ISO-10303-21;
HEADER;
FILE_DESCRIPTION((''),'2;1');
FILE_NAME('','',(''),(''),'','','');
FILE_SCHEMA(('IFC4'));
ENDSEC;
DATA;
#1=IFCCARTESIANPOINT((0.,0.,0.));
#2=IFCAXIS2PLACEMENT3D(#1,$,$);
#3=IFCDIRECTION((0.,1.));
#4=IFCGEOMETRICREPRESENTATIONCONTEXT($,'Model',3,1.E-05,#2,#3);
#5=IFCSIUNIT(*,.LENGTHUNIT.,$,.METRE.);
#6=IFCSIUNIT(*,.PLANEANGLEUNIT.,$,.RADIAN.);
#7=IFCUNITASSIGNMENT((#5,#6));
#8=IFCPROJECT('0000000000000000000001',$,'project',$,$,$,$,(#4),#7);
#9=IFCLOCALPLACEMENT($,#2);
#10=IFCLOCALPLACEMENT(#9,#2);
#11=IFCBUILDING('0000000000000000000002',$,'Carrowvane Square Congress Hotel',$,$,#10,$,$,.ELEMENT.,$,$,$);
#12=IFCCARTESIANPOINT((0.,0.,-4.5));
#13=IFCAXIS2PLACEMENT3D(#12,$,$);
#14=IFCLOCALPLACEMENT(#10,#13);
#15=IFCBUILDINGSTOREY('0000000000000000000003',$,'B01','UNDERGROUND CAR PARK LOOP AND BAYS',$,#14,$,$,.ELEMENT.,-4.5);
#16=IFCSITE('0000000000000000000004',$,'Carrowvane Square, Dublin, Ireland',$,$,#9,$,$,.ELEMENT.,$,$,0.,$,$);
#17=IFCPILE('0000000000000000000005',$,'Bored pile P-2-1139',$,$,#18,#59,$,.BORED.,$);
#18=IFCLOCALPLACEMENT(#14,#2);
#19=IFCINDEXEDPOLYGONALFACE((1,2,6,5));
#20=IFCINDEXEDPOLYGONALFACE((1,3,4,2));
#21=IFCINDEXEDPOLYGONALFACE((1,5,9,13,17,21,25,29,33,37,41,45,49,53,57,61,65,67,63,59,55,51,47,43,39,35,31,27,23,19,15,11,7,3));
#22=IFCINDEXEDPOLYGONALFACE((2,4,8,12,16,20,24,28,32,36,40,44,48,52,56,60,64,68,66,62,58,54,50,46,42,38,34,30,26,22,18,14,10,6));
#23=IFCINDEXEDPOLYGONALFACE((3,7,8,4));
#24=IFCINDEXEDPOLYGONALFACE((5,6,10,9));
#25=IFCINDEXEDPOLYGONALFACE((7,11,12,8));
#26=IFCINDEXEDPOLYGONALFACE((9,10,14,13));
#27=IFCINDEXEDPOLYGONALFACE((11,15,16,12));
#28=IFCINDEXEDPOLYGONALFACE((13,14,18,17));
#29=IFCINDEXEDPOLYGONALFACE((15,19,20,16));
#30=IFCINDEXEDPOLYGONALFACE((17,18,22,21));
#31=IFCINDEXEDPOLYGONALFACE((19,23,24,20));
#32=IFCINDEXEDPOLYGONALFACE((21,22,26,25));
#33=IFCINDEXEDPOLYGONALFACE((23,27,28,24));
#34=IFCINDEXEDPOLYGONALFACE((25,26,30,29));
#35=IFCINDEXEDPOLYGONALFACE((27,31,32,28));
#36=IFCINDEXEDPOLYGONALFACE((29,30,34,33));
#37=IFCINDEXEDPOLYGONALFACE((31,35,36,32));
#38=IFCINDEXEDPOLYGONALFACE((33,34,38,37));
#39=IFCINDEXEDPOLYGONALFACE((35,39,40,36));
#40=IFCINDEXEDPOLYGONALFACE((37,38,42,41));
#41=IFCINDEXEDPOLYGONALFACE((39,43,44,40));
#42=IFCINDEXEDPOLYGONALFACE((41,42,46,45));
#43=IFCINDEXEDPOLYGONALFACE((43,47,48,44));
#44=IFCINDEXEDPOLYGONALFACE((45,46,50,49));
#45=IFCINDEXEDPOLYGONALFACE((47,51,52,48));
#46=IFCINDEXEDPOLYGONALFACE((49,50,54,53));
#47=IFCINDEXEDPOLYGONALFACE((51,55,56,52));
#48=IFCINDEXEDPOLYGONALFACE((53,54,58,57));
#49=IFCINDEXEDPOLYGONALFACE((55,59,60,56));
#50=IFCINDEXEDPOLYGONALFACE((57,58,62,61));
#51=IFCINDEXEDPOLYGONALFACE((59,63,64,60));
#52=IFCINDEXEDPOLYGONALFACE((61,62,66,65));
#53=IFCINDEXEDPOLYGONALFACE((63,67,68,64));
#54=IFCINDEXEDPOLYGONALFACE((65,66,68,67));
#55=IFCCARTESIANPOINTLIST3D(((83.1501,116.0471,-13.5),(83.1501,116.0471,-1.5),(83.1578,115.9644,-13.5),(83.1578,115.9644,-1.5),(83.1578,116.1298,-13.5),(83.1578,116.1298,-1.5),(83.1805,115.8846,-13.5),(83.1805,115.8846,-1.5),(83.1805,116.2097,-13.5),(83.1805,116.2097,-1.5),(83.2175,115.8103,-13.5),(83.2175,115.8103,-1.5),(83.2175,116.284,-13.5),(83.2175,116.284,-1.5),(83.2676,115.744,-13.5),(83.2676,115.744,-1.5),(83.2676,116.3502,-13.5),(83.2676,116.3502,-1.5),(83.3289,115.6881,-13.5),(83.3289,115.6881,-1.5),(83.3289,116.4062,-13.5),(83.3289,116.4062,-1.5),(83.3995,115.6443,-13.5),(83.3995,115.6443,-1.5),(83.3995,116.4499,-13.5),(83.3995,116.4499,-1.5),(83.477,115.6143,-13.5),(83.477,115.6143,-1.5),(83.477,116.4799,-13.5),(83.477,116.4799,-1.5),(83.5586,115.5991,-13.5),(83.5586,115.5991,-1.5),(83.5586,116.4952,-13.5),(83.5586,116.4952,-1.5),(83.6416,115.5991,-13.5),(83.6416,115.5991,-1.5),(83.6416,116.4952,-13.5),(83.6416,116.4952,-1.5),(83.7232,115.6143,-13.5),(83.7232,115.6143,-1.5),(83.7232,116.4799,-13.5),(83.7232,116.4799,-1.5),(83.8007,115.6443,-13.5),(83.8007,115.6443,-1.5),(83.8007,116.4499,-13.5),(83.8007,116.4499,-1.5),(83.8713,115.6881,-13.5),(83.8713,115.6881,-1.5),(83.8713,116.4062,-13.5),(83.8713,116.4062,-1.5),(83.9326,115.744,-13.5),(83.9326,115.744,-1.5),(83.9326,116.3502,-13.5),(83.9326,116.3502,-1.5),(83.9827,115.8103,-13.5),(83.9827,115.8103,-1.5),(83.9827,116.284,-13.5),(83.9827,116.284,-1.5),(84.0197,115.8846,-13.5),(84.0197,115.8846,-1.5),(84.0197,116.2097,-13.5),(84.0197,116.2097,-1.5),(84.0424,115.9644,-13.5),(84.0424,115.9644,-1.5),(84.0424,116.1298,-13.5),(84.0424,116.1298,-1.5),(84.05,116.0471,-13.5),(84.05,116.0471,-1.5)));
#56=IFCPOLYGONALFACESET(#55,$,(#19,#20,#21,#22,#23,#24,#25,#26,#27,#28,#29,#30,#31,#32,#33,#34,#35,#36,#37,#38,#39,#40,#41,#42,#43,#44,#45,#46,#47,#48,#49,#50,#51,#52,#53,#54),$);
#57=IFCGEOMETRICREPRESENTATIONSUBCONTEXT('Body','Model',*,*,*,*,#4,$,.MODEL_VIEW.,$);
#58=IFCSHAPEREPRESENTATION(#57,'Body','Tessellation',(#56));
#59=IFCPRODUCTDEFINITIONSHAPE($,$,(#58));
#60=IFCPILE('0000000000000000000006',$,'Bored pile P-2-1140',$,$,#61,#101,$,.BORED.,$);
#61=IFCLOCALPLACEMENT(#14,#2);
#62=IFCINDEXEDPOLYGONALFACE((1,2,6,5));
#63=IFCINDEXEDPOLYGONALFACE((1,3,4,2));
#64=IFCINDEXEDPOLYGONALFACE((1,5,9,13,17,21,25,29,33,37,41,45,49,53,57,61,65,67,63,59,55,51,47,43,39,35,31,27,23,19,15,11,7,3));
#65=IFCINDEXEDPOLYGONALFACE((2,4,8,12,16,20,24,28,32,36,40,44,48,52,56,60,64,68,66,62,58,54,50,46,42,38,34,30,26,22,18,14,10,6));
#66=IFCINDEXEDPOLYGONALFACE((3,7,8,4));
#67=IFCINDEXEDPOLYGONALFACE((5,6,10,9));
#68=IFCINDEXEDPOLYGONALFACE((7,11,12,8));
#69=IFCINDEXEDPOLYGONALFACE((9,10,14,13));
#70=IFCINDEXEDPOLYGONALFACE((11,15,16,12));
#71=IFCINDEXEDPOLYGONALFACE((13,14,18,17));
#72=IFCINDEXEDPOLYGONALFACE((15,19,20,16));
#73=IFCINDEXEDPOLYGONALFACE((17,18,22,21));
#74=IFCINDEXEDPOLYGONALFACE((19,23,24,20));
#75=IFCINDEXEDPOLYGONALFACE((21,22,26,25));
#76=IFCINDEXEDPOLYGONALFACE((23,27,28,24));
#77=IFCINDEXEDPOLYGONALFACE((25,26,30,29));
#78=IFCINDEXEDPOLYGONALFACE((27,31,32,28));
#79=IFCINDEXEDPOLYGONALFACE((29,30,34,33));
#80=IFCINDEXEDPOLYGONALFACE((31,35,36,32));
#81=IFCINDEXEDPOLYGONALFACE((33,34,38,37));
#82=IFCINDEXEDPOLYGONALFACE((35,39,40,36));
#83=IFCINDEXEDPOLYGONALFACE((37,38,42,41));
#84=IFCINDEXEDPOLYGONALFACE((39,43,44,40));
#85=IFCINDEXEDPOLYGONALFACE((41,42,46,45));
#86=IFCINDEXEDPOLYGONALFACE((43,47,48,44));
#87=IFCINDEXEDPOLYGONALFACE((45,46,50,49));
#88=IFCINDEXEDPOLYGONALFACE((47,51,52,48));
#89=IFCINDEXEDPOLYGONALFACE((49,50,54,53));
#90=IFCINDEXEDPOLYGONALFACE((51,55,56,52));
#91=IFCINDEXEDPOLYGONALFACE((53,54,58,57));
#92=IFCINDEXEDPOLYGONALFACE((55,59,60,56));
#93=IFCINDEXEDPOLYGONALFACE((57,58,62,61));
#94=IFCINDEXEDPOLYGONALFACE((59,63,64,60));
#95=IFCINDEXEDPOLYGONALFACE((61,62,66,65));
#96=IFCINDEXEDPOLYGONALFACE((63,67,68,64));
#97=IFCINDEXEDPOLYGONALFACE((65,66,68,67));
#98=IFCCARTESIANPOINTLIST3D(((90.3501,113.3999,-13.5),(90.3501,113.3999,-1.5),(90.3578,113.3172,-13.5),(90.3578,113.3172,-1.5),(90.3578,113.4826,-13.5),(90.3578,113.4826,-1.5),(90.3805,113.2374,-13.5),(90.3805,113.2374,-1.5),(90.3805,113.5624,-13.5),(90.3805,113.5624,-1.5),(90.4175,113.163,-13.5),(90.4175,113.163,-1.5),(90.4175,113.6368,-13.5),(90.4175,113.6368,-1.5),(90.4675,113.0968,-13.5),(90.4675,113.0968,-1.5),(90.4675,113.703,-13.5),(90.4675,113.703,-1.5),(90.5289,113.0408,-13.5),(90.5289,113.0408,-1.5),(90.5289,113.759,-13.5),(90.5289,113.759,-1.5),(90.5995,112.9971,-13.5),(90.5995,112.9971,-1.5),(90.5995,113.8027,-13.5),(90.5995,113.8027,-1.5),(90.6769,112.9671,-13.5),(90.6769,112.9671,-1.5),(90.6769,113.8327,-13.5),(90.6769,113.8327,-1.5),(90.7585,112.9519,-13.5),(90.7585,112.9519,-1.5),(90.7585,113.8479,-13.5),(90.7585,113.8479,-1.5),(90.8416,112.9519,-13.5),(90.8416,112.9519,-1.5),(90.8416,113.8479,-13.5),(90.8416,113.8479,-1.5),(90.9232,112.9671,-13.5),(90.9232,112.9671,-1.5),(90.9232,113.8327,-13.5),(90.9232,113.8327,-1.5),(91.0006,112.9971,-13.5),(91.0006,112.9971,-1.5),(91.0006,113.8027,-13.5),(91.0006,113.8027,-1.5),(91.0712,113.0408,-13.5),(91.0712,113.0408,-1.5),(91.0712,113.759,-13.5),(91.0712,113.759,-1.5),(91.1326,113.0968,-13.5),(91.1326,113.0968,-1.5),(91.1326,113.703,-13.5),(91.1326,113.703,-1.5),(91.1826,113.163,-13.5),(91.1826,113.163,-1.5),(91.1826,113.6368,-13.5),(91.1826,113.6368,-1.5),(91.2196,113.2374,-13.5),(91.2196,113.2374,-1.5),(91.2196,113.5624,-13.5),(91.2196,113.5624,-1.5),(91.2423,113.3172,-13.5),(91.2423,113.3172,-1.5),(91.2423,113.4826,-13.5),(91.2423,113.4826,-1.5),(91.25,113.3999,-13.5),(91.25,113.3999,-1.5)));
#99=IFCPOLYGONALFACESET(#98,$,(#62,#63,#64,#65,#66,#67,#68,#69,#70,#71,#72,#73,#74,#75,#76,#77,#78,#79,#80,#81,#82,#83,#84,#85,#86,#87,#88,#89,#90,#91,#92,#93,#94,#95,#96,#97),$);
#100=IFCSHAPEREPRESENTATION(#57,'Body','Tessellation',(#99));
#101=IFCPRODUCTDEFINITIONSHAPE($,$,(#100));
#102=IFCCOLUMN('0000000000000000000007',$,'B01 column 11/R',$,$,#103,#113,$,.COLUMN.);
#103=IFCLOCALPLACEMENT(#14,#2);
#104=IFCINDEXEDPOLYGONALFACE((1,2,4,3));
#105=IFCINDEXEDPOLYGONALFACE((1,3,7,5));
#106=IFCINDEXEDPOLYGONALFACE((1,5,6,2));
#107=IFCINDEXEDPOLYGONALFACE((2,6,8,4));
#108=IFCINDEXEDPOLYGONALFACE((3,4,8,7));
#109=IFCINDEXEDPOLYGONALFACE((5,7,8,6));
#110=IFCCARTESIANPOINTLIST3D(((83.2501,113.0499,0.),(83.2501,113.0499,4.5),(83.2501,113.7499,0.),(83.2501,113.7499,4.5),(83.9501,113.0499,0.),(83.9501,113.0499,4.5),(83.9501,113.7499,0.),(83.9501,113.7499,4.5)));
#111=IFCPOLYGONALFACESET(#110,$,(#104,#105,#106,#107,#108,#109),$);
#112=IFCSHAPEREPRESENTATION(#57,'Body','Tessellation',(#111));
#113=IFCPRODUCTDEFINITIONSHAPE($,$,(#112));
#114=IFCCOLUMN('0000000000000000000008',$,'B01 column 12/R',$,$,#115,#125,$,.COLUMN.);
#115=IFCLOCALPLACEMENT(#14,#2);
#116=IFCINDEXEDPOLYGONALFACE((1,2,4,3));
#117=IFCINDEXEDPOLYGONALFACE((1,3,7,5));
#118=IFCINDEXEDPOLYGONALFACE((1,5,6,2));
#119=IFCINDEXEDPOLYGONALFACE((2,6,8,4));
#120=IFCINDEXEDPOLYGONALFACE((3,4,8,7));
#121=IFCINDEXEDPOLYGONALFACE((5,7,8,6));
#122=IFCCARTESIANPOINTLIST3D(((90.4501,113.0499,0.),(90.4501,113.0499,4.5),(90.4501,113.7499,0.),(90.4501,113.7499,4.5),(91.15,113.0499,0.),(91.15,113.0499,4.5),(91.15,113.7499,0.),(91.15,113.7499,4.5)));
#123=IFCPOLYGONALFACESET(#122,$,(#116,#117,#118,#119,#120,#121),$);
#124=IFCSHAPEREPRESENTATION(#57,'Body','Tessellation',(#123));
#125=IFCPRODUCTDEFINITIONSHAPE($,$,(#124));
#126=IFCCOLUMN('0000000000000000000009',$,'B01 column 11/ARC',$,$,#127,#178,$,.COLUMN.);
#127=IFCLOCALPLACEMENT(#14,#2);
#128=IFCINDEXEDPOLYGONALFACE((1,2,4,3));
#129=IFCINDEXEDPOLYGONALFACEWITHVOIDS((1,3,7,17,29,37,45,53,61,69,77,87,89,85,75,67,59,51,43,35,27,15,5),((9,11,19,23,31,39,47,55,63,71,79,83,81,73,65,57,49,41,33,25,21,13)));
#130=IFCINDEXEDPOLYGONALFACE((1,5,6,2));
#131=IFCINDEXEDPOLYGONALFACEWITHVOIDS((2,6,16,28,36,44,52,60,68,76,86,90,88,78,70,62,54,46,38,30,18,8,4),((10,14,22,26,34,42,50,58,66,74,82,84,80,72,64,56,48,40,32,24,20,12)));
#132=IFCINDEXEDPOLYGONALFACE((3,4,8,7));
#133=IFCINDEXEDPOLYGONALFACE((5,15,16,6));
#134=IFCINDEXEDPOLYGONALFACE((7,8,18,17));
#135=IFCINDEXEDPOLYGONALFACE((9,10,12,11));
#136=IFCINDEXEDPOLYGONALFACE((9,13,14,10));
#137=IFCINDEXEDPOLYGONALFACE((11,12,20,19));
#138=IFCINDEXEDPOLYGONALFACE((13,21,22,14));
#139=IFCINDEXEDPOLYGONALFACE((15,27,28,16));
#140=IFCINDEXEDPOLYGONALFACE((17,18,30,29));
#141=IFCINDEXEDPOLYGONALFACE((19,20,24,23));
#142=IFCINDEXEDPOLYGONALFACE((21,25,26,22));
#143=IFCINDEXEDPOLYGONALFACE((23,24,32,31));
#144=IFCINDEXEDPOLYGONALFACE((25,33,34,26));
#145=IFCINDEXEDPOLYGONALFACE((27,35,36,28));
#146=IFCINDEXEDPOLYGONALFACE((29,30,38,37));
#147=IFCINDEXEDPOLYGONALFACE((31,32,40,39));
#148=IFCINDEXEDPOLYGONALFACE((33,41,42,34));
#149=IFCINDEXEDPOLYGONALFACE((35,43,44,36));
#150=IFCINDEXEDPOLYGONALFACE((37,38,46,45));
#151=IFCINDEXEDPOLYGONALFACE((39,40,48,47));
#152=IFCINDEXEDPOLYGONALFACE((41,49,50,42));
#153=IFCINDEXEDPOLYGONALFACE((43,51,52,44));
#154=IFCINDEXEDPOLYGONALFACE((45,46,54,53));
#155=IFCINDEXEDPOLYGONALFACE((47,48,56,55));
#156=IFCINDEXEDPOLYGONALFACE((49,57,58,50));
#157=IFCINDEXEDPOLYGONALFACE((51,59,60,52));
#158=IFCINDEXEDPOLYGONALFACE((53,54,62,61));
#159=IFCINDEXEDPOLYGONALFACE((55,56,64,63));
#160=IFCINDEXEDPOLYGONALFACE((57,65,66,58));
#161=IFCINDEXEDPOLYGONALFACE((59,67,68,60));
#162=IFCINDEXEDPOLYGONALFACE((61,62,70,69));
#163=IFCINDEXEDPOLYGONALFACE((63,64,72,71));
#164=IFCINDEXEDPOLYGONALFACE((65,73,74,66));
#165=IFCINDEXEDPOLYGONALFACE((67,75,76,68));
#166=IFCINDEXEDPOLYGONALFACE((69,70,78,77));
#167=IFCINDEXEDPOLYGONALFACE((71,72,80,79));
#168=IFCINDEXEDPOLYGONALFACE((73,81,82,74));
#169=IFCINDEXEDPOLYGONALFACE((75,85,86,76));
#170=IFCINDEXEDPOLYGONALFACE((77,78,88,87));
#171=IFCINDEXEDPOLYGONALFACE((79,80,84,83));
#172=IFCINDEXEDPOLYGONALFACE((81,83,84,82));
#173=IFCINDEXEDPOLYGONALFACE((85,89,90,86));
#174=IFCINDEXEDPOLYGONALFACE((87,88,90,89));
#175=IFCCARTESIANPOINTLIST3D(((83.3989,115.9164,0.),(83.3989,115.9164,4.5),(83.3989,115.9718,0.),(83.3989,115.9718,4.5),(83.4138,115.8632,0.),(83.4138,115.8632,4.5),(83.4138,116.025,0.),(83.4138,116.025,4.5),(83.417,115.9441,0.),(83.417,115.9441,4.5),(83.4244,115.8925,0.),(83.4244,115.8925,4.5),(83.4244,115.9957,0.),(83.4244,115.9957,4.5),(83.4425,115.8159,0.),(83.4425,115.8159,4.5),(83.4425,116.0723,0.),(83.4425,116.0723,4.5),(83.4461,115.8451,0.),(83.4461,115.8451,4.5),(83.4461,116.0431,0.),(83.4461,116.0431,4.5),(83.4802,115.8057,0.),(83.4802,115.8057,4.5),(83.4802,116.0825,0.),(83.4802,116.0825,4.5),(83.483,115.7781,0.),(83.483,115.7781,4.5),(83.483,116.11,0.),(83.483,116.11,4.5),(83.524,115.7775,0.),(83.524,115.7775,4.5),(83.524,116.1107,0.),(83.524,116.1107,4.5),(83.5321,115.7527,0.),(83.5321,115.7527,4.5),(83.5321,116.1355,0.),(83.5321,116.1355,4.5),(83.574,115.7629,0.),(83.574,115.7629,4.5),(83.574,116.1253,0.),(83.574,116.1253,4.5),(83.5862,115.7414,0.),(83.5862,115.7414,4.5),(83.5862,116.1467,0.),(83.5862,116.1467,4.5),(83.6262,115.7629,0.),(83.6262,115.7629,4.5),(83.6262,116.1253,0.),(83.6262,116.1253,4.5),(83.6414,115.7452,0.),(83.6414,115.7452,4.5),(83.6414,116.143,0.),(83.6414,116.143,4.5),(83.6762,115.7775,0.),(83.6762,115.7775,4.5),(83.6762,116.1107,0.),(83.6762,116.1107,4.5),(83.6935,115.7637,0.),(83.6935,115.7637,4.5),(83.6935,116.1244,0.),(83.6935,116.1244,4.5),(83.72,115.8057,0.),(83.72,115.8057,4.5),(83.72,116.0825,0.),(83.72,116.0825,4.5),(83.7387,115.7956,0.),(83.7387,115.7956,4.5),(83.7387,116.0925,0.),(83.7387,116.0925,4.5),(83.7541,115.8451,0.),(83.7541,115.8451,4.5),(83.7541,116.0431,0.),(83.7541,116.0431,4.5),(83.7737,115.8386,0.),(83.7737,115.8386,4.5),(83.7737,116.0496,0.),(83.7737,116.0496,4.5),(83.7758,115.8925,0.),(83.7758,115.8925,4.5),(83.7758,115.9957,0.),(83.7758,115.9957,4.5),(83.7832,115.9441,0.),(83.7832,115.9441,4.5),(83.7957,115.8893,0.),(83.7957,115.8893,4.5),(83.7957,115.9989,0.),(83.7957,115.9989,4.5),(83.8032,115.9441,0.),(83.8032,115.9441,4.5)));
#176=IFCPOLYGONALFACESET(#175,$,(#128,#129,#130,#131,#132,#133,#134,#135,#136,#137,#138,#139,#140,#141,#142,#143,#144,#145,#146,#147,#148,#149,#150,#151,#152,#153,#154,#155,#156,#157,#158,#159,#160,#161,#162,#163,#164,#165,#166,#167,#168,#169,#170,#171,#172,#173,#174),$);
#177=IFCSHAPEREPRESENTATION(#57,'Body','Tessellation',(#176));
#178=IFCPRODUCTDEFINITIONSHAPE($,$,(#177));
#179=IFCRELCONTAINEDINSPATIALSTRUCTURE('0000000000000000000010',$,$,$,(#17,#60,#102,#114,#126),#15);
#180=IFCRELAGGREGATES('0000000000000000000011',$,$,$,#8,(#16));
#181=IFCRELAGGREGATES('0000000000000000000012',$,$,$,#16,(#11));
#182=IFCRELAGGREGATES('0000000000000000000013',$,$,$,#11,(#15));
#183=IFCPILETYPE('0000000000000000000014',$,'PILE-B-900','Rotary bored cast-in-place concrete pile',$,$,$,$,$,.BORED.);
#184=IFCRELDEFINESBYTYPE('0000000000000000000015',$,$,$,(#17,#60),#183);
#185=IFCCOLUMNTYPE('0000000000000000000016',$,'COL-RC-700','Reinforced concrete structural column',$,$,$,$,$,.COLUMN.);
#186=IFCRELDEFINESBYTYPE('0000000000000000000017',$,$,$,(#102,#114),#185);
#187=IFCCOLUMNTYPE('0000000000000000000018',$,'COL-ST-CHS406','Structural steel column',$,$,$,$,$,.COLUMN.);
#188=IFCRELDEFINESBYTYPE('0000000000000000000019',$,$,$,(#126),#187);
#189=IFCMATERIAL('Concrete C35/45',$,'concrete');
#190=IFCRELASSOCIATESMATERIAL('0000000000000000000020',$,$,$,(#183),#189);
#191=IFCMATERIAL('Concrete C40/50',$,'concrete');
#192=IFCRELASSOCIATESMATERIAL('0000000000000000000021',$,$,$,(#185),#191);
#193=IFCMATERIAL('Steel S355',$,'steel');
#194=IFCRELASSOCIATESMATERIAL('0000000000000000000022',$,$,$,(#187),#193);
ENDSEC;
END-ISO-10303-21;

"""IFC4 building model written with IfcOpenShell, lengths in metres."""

from ifc_helpers import new_model, si_unit, direction, frame, origin, origin_2d, place, context, subcontext, project, spatial, rectangle, circle, hollow_circle, extrude, material, material_profile, profile_set, type_object, element, save


model = new_model("IFC4")

# Units and contexts
model_context = context("Model", 3, precision=1e-05, world=origin(), true_north=direction((0.0, 1.0)))
body_context = subcontext(model_context, "Body", "Model", "MODEL_VIEW")
ifc_project = project(units=[si_unit("LENGTHUNIT", "METRE"), si_unit("PLANEANGLEUNIT", "RADIAN")], contexts=[model_context])

# Site, building, storey
site_placement = place(None, origin())
site = spatial("IfcSite", under=ifc_project, at=site_placement, Name="Carrowvane Square, Dublin, Ireland", CompositionType="ELEMENT", RefElevation=0.0)
building_placement = place(site_placement, origin())
building = spatial("IfcBuilding", under=site, at=building_placement, Name="Carrowvane Square Congress Hotel", CompositionType="ELEMENT")
storey_placement = place(building_placement, frame((0.0, 0.0, -4.5)))
storey = spatial("IfcBuildingStorey", under=building, at=storey_placement, Name="B01", Description="UNDERGROUND CAR PARK LOOP AND BAYS", CompositionType="ELEMENT", Elevation=-4.5)

# Piles
ifc_material_1 = material(Name="Concrete C35/45", Category="concrete")
ifc_material_profile_1 = material_profile(ifc_material_1, circle(Radius=0.45, at=origin_2d()), Name="PILE D900")
ifc_profile_set_1 = profile_set([ifc_material_profile_1], Name="Concrete C35/45")
pile_type_1 = type_object("IfcPileType", Name="PILE-B-900", Description="Rotary bored cast-in-place concrete pile", PredefinedType="BORED", material=ifc_profile_set_1)
for number, where, z_axis, x_axis, name in (
    (1, (83.6001, 116.0471, -1.5), (0.0, 0.0, -1.0), (1.0, 0.0, 0.0), "Bored pile P-2-1139"),
    (2, (90.8, 113.3999, -1.5), (0.0, 0.0, -1.0), (1.0, 0.0, 0.0), "Bored pile P-2-1140"),
):
    element("IfcPile", number, at=place(storey_placement, frame(where, z_axis=z_axis, x_axis=x_axis)), inside=storey, type_object=pile_type_1, Name=name, PredefinedType="BORED", context=body_context, shape_type="SweptSolid", body=[
        extrude(circle(Radius=0.45, at=origin_2d()), origin(), (0.0, 0.0, 1.0), 12.0),
    ])

# Columns
ifc_material_2 = material(Name="Concrete C40/50", Category="concrete")
ifc_material_profile_2 = material_profile(ifc_material_2, rectangle(XDim=0.7, YDim=0.7, at=origin_2d()), Name="RC 700x700")
ifc_profile_set_2 = profile_set([ifc_material_profile_2], Name="Concrete C40/50")
column_type_1 = type_object("IfcColumnType", Name="COL-RC-700", Description="Reinforced concrete structural column", PredefinedType="COLUMN", material=ifc_profile_set_2)
for number, where, z_axis, x_axis, name in (
    (3, (83.6001, 113.3999, 0.0), (0.0, 0.0, 1.0), (1.0, 0.0, 0.0), "B01 column 11/R"),
    (4, (90.8, 113.3999, 0.0), (0.0, 0.0, 1.0), (1.0, 0.0, 0.0), "B01 column 12/R"),
):
    element("IfcColumn", number, at=place(storey_placement, frame(where, z_axis=z_axis, x_axis=x_axis)), inside=storey, type_object=column_type_1, Name=name, PredefinedType="COLUMN", context=body_context, shape_type="SweptSolid", body=[
        extrude(rectangle(XDim=0.7, YDim=0.7, at=origin_2d()), origin(), (0.0, 0.0, 1.0), 4.5),
    ])
ifc_material_3 = material(Name="Steel S355", Category="steel")
ifc_material_profile_3 = material_profile(ifc_material_3, hollow_circle(Radius=0.2031, WallThickness=0.02, at=origin_2d()), Name="CHS 406.4x20")
ifc_profile_set_3 = profile_set([ifc_material_profile_3], Name="Steel S355")
column_type_2 = type_object("IfcColumnType", Name="COL-ST-CHS406", Description="Structural steel column", PredefinedType="COLUMN", material=ifc_profile_set_3)
for number, where, z_axis, x_axis, name in (
    (5, (83.6001, 115.9441, 0.0), (0.0, 0.0, 1.0), (1.0, 0.0, 0.0), "B01 column 11/ARC"),
):
    element("IfcColumn", number, at=place(storey_placement, frame(where, z_axis=z_axis, x_axis=x_axis)), inside=storey, type_object=column_type_2, Name=name, PredefinedType="COLUMN", context=body_context, shape_type="SweptSolid", body=[
        extrude(hollow_circle(Radius=0.2031, WallThickness=0.02, at=origin_2d()), origin(), (0.0, 0.0, 1.0), 4.5),
    ])

save(model, "model.ifc")
